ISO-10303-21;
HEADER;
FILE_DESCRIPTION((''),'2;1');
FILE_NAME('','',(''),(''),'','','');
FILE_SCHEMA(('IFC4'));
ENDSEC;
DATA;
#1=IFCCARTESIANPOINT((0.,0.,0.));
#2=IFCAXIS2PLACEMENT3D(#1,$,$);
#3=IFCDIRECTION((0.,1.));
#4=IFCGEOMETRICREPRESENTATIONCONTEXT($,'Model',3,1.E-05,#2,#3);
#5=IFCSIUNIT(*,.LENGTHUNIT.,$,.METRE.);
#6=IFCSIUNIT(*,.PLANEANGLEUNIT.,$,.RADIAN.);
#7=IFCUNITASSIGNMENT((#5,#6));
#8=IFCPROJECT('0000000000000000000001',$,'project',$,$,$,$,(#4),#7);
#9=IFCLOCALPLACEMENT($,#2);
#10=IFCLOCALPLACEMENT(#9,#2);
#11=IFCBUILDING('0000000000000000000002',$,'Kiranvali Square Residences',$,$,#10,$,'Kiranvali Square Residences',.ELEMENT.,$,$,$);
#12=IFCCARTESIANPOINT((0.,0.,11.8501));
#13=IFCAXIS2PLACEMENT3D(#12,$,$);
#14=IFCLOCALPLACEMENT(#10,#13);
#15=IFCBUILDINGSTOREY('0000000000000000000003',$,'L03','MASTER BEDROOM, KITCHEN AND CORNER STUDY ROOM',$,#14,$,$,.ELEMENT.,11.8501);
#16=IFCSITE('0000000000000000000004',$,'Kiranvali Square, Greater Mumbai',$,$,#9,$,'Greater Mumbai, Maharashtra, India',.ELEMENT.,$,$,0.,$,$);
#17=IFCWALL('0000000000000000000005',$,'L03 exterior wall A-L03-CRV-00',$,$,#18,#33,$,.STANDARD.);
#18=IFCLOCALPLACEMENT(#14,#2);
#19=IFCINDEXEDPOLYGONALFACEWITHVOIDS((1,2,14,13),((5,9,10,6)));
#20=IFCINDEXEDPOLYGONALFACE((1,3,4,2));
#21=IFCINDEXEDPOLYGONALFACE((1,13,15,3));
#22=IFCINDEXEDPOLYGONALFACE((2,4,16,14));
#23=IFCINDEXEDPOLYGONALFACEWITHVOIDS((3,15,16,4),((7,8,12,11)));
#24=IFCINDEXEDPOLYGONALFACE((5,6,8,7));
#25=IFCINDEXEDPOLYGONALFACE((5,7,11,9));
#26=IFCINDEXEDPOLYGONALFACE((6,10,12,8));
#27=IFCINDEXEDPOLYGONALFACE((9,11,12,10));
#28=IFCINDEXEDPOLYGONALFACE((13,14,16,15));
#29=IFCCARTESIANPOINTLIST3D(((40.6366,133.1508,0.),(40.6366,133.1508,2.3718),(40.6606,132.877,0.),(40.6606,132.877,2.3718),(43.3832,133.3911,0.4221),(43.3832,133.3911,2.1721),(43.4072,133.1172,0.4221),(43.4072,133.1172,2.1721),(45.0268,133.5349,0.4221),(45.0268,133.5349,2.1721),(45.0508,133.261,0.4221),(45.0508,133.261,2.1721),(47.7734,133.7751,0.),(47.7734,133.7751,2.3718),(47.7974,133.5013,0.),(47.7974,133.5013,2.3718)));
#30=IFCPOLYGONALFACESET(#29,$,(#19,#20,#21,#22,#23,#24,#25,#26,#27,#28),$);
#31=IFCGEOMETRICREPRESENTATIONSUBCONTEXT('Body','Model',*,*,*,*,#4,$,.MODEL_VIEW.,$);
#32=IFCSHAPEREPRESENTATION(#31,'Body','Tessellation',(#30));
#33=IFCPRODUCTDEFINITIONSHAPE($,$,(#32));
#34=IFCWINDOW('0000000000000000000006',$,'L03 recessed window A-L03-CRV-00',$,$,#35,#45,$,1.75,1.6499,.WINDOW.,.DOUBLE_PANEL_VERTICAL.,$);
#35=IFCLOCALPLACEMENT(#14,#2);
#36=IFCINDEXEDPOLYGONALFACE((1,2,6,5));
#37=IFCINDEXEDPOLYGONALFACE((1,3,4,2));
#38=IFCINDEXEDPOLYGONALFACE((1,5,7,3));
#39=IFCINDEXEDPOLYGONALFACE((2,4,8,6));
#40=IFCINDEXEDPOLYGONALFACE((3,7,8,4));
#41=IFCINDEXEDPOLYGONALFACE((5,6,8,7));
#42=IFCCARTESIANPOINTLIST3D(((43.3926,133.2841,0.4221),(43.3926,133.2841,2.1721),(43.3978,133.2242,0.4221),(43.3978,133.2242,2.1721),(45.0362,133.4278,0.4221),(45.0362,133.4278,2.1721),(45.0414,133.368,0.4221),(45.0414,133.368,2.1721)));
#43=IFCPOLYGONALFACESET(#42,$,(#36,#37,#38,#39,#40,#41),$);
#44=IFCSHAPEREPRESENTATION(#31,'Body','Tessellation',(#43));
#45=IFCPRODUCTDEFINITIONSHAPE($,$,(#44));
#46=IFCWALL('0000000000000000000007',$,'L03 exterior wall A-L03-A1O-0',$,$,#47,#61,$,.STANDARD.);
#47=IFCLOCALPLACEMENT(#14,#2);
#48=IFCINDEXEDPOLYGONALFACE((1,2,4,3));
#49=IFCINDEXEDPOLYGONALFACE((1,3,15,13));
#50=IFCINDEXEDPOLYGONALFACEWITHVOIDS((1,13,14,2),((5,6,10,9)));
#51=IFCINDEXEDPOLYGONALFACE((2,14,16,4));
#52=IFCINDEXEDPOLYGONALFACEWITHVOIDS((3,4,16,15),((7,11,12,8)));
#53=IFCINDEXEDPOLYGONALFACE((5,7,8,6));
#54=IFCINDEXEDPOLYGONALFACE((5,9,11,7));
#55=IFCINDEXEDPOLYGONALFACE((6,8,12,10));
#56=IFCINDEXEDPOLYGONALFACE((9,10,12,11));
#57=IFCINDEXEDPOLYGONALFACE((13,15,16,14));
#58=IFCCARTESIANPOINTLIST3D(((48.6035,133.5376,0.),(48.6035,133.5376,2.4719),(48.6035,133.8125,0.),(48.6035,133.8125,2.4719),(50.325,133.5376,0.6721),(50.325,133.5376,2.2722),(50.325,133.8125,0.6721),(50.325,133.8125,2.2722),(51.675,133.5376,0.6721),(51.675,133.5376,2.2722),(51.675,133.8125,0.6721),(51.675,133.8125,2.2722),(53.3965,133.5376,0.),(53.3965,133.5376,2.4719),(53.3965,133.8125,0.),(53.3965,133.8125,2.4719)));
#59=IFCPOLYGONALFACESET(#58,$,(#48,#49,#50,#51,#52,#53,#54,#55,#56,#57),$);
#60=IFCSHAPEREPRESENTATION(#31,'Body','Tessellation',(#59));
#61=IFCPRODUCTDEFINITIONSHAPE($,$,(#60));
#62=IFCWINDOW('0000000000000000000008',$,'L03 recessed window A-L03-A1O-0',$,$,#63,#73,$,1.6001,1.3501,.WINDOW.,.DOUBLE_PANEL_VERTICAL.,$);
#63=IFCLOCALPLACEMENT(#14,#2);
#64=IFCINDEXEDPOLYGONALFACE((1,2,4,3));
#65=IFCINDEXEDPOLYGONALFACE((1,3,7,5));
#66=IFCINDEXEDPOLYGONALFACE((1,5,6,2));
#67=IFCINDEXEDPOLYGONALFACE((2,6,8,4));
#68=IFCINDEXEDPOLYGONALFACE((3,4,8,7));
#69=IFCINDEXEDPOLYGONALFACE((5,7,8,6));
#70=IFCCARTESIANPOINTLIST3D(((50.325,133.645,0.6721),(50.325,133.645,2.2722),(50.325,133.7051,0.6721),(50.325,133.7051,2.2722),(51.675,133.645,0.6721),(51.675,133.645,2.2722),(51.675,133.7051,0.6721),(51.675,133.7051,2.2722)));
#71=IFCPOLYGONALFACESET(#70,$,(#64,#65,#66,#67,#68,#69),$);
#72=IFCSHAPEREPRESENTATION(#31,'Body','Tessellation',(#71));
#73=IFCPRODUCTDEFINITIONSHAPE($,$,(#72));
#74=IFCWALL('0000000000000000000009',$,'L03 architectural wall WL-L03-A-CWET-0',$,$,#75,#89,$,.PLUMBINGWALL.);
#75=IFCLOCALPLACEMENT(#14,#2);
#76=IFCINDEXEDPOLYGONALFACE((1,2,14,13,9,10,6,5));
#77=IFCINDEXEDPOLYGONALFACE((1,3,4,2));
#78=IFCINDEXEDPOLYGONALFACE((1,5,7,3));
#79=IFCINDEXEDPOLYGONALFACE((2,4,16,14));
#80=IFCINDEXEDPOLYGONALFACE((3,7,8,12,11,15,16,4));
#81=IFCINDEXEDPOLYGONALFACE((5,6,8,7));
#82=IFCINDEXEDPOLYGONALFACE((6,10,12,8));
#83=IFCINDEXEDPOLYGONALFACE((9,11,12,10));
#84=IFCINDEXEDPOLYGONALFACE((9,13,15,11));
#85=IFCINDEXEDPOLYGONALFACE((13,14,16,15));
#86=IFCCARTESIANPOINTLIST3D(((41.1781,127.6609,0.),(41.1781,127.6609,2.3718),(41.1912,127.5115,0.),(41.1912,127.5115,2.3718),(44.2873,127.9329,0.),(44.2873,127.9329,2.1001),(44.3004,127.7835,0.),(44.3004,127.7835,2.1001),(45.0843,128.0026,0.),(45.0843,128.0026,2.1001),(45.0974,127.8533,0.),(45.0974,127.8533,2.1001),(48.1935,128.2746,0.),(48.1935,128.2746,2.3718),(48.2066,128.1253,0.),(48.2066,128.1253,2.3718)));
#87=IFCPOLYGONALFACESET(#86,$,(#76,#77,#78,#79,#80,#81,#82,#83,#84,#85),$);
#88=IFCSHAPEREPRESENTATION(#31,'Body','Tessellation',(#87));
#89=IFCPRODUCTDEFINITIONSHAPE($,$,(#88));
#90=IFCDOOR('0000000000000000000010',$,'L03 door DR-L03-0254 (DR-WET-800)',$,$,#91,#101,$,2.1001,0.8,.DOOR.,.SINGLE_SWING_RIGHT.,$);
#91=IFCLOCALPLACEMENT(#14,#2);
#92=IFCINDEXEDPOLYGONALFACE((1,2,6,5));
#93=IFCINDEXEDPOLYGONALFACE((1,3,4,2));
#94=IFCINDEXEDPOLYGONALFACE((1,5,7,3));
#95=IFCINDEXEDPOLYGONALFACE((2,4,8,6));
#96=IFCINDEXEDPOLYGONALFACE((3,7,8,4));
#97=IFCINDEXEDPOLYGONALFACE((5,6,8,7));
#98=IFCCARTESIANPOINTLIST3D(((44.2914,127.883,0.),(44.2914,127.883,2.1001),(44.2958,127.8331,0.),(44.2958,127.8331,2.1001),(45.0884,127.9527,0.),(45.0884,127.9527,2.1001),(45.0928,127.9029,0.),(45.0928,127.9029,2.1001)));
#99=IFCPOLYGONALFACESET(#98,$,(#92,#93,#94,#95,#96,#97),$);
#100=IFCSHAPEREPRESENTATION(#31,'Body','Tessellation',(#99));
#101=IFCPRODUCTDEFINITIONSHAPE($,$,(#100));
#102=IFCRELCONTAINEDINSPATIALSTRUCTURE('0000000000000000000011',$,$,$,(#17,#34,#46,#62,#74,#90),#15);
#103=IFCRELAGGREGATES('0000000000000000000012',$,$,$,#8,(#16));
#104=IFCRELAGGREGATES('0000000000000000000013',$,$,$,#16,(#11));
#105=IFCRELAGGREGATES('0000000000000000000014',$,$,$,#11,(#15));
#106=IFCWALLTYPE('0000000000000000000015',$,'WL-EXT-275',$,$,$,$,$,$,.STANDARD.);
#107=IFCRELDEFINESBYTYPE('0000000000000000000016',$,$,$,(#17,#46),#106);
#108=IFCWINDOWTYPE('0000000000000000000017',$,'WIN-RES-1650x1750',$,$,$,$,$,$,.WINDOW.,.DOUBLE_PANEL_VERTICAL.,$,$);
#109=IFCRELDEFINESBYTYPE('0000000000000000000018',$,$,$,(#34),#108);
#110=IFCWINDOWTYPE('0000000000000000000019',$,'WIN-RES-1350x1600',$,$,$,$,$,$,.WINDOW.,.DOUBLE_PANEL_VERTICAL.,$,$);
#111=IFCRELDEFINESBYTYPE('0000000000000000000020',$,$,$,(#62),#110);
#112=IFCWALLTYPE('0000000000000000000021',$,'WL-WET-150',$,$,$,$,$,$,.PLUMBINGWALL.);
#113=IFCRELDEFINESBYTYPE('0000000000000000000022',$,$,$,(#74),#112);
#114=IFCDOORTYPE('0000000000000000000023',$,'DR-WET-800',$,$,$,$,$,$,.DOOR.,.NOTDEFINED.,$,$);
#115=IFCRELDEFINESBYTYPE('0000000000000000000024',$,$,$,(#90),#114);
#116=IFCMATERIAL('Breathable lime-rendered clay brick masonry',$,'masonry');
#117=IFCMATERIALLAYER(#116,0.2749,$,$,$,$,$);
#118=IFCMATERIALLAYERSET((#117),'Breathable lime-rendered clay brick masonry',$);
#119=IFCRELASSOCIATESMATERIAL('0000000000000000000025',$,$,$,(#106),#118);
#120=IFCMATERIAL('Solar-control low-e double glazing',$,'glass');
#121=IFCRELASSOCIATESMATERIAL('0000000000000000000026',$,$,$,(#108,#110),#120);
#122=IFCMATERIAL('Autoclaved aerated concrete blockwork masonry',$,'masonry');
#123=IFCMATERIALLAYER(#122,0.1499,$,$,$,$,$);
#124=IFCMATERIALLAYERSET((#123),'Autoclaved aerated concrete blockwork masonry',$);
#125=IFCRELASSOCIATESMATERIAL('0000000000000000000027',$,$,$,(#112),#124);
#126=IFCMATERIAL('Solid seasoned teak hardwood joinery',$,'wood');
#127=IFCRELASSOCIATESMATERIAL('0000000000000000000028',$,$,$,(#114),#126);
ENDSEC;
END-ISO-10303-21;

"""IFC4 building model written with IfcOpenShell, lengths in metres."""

from ifc_helpers import new_model, si_unit, direction, frame, frame_2d, origin, place, context, subcontext, project, spatial, rectangle, extrude, material, layer, layer_set, type_object, element, fill, save


model = new_model("IFC4")

# Units and contexts
model_context = context("Model", 3, precision=1e-05, world=origin(), true_north=direction((0.0, 1.0)))
body_context = subcontext(model_context, "Body", "Model", "MODEL_VIEW")
ifc_project = project(units=[si_unit("LENGTHUNIT", "METRE"), si_unit("PLANEANGLEUNIT", "RADIAN")], contexts=[model_context])

# Site, building, storey
site_placement = place(None, origin())
site = spatial("IfcSite", under=ifc_project, at=site_placement, Name="Kiranvali Square, Greater Mumbai", LongName="Greater Mumbai, Maharashtra, India", CompositionType="ELEMENT", RefElevation=0.0)
building_placement = place(site_placement, origin())
building = spatial("IfcBuilding", under=site, at=building_placement, Name="Kiranvali Square Residences", LongName="Kiranvali Square Residences", CompositionType="ELEMENT")
storey_placement = place(building_placement, frame((0.0, 0.0, 11.8501)))
storey = spatial("IfcBuildingStorey", under=building, at=storey_placement, Name="L03", Description="MASTER BEDROOM, KITCHEN AND CORNER STUDY ROOM", CompositionType="ELEMENT", Elevation=11.8501)

# Wall, opening, window
ifc_material_1 = material(Name="Breathable lime-rendered clay brick masonry", Category="masonry")
ifc_layer_1 = layer(ifc_material_1, 0.2749)
ifc_layer_set_1 = layer_set([ifc_layer_1], Name="Breathable lime-rendered clay brick masonry")
wall_type_1 = type_object("IfcWallType", Name="WL-EXT-275", PredefinedType="STANDARD", material=ifc_layer_set_1)
wall_1_placement = place(storey_placement, frame((47.7854, 133.6382, 0.0), z_axis=(0.0, 0.0, 1.0), x_axis=(-0.996196, -0.08714, 0.0)))
wall_1 = element("IfcWall", 1, at=wall_1_placement, inside=storey, type_object=wall_type_1, Name="L03 exterior wall A-L03-CRV-00", PredefinedType="STANDARD", context=body_context, shape_type="SweptSolid", body=[
    extrude(rectangle(XDim=7.1641, YDim=0.2749, at=frame_2d((3.582, 0.0))), origin(), (0.0, 0.0, 1.0), 2.3718),
])
opening_1_placement = place(wall_1_placement, frame((2.7571, 0.0, 0.4221)))
opening_1 = element("IfcOpeningElement", 2, at=opening_1_placement, cuts=wall_1, PredefinedType="OPENING", context=body_context, shape_type="SweptSolid", body=[
    extrude(rectangle(XDim=1.6499, YDim=1.75, at=frame_2d((0.825, 0.875))), frame((0.0, 0.1475, 0.0), z_axis=(0.0, -1.0, 0.0), x_axis=(1.0, 0.0, 0.0)), (0.0, 0.0, 1.0), 0.2949),
])
ifc_material_2 = material(Name="Solar-control low-e double glazing", Category="glass")
window_type_1 = type_object("IfcWindowType", Name="WIN-RES-1650x1750", PartitioningType="DOUBLE_PANEL_VERTICAL", PredefinedType="WINDOW", material=ifc_material_2)
window_1_placement = place(opening_1_placement, origin())
window_1 = element("IfcWindow", 3, at=window_1_placement, inside=storey, type_object=window_type_1, Name="L03 recessed window A-L03-CRV-00", OverallHeight=1.75, OverallWidth=1.6499, PartitioningType="DOUBLE_PANEL_VERTICAL", PredefinedType="WINDOW", context=body_context, shape_type="SweptSolid", body=[
    extrude(rectangle(XDim=1.6499, YDim=1.75, at=frame_2d((0.825, 0.875))), frame((0.0, 0.03, 0.0), z_axis=(0.0, -1.0, 0.0), x_axis=(1.0, 0.0, 0.0)), (0.0, 0.0, 1.0), 0.0601),
])
fill(opening_1, window_1)

# Wall, opening, window
wall_2_placement = place(storey_placement, frame((48.6035, 133.675, 0.0), z_axis=(0.0, 0.0, 1.0), x_axis=(1.0, 0.0, 0.0)))
wall_2 = element("IfcWall", 4, at=wall_2_placement, inside=storey, type_object=wall_type_1, Name="L03 exterior wall A-L03-A1O-0", PredefinedType="STANDARD", context=body_context, shape_type="SweptSolid", body=[
    extrude(rectangle(XDim=4.793, YDim=0.2749, at=frame_2d((2.3965, 0.0))), origin(), (0.0, 0.0, 1.0), 2.4719),
])
opening_2_placement = place(wall_2_placement, frame((1.7214, 0.0, 0.6721)))
opening_2 = element("IfcOpeningElement", 5, at=opening_2_placement, cuts=wall_2, PredefinedType="OPENING", context=body_context, shape_type="SweptSolid", body=[
    extrude(rectangle(XDim=1.3501, YDim=1.6001, at=frame_2d((0.675, 0.8))), frame((0.0, 0.1475, 0.0), z_axis=(0.0, -1.0, 0.0), x_axis=(1.0, 0.0, 0.0)), (0.0, 0.0, 1.0), 0.2949),
])
window_type_2 = type_object("IfcWindowType", Name="WIN-RES-1350x1600", PartitioningType="DOUBLE_PANEL_VERTICAL", PredefinedType="WINDOW", material=ifc_material_2)
window_2_placement = place(opening_2_placement, origin())
window_2 = element("IfcWindow", 6, at=window_2_placement, inside=storey, type_object=window_type_2, Name="L03 recessed window A-L03-A1O-0", OverallHeight=1.6001, OverallWidth=1.3501, PartitioningType="DOUBLE_PANEL_VERTICAL", PredefinedType="WINDOW", context=body_context, shape_type="SweptSolid", body=[
    extrude(rectangle(XDim=1.3501, YDim=1.6001, at=frame_2d((0.675, 0.8))), frame((0.0, 0.03, 0.0), z_axis=(0.0, -1.0, 0.0), x_axis=(1.0, 0.0, 0.0)), (0.0, 0.0, 1.0), 0.0601),
])
fill(opening_2, window_2)

# Wall, opening, door
ifc_material_3 = material(Name="Autoclaved aerated concrete blockwork masonry", Category="masonry")
ifc_layer_2 = layer(ifc_material_3, 0.1499)
ifc_layer_set_2 = layer_set([ifc_layer_2], Name="Autoclaved aerated concrete blockwork masonry")
wall_type_2 = type_object("IfcWallType", Name="WL-WET-150", PredefinedType="PLUMBINGWALL", material=ifc_layer_set_2)
wall_3_placement = place(storey_placement, frame((48.2, 128.2, 0.0), z_axis=(0.0, 0.0, 1.0), x_axis=(-0.996195, -0.087156, 0.0)))
wall_3 = element("IfcWall", 7, at=wall_3_placement, inside=storey, type_object=wall_type_2, Name="L03 architectural wall WL-L03-A-CWET-0", PredefinedType="PLUMBINGWALL", context=body_context, shape_type="SweptSolid", body=[
    extrude(rectangle(XDim=7.0422, YDim=0.1499, at=frame_2d((3.521, 0.0))), origin(), (0.0, 0.0, 1.0), 2.3718),
])
opening_3_placement = place(wall_3_placement, frame((3.1211, 0.0, 0.0)))
opening_3 = element("IfcOpeningElement", 8, at=opening_3_placement, cuts=wall_3, PredefinedType="OPENING", context=body_context, shape_type="SweptSolid", body=[
    extrude(rectangle(XDim=0.8, YDim=2.1001, at=frame_2d((0.3999, 1.05))), frame((0.0, 0.085, 0.0), z_axis=(0.0, -1.0, 0.0), x_axis=(1.0, 0.0, 0.0)), (0.0, 0.0, 1.0), 0.1699),
])
ifc_material_4 = material(Name="Solid seasoned teak hardwood joinery", Category="wood")
door_type_1 = type_object("IfcDoorType", Name="DR-WET-800", OperationType="NOTDEFINED", PredefinedType="DOOR", material=ifc_material_4)
door_1_placement = place(opening_3_placement, frame((0.8, 0.0, 0.0), z_axis=(0.0, 0.0, 1.0), x_axis=(-1.0, 0.0, 0.0)))
door_1 = element("IfcDoor", 9, at=door_1_placement, inside=storey, type_object=door_type_1, Name="L03 door DR-L03-0254 (DR-WET-800)", OperationType="SINGLE_SWING_RIGHT", OverallHeight=2.1001, OverallWidth=0.8, PredefinedType="DOOR", context=body_context, shape_type="SweptSolid", body=[
    extrude(rectangle(XDim=0.8, YDim=2.1001, at=frame_2d((0.3999, 1.05))), frame((0.0, 0.0249, 0.0), z_axis=(0.0, -1.0, 0.0), x_axis=(1.0, 0.0, 0.0)), (0.0, 0.0, 1.0), 0.05),
])
fill(opening_3, door_1)

save(model, "model.ifc")
